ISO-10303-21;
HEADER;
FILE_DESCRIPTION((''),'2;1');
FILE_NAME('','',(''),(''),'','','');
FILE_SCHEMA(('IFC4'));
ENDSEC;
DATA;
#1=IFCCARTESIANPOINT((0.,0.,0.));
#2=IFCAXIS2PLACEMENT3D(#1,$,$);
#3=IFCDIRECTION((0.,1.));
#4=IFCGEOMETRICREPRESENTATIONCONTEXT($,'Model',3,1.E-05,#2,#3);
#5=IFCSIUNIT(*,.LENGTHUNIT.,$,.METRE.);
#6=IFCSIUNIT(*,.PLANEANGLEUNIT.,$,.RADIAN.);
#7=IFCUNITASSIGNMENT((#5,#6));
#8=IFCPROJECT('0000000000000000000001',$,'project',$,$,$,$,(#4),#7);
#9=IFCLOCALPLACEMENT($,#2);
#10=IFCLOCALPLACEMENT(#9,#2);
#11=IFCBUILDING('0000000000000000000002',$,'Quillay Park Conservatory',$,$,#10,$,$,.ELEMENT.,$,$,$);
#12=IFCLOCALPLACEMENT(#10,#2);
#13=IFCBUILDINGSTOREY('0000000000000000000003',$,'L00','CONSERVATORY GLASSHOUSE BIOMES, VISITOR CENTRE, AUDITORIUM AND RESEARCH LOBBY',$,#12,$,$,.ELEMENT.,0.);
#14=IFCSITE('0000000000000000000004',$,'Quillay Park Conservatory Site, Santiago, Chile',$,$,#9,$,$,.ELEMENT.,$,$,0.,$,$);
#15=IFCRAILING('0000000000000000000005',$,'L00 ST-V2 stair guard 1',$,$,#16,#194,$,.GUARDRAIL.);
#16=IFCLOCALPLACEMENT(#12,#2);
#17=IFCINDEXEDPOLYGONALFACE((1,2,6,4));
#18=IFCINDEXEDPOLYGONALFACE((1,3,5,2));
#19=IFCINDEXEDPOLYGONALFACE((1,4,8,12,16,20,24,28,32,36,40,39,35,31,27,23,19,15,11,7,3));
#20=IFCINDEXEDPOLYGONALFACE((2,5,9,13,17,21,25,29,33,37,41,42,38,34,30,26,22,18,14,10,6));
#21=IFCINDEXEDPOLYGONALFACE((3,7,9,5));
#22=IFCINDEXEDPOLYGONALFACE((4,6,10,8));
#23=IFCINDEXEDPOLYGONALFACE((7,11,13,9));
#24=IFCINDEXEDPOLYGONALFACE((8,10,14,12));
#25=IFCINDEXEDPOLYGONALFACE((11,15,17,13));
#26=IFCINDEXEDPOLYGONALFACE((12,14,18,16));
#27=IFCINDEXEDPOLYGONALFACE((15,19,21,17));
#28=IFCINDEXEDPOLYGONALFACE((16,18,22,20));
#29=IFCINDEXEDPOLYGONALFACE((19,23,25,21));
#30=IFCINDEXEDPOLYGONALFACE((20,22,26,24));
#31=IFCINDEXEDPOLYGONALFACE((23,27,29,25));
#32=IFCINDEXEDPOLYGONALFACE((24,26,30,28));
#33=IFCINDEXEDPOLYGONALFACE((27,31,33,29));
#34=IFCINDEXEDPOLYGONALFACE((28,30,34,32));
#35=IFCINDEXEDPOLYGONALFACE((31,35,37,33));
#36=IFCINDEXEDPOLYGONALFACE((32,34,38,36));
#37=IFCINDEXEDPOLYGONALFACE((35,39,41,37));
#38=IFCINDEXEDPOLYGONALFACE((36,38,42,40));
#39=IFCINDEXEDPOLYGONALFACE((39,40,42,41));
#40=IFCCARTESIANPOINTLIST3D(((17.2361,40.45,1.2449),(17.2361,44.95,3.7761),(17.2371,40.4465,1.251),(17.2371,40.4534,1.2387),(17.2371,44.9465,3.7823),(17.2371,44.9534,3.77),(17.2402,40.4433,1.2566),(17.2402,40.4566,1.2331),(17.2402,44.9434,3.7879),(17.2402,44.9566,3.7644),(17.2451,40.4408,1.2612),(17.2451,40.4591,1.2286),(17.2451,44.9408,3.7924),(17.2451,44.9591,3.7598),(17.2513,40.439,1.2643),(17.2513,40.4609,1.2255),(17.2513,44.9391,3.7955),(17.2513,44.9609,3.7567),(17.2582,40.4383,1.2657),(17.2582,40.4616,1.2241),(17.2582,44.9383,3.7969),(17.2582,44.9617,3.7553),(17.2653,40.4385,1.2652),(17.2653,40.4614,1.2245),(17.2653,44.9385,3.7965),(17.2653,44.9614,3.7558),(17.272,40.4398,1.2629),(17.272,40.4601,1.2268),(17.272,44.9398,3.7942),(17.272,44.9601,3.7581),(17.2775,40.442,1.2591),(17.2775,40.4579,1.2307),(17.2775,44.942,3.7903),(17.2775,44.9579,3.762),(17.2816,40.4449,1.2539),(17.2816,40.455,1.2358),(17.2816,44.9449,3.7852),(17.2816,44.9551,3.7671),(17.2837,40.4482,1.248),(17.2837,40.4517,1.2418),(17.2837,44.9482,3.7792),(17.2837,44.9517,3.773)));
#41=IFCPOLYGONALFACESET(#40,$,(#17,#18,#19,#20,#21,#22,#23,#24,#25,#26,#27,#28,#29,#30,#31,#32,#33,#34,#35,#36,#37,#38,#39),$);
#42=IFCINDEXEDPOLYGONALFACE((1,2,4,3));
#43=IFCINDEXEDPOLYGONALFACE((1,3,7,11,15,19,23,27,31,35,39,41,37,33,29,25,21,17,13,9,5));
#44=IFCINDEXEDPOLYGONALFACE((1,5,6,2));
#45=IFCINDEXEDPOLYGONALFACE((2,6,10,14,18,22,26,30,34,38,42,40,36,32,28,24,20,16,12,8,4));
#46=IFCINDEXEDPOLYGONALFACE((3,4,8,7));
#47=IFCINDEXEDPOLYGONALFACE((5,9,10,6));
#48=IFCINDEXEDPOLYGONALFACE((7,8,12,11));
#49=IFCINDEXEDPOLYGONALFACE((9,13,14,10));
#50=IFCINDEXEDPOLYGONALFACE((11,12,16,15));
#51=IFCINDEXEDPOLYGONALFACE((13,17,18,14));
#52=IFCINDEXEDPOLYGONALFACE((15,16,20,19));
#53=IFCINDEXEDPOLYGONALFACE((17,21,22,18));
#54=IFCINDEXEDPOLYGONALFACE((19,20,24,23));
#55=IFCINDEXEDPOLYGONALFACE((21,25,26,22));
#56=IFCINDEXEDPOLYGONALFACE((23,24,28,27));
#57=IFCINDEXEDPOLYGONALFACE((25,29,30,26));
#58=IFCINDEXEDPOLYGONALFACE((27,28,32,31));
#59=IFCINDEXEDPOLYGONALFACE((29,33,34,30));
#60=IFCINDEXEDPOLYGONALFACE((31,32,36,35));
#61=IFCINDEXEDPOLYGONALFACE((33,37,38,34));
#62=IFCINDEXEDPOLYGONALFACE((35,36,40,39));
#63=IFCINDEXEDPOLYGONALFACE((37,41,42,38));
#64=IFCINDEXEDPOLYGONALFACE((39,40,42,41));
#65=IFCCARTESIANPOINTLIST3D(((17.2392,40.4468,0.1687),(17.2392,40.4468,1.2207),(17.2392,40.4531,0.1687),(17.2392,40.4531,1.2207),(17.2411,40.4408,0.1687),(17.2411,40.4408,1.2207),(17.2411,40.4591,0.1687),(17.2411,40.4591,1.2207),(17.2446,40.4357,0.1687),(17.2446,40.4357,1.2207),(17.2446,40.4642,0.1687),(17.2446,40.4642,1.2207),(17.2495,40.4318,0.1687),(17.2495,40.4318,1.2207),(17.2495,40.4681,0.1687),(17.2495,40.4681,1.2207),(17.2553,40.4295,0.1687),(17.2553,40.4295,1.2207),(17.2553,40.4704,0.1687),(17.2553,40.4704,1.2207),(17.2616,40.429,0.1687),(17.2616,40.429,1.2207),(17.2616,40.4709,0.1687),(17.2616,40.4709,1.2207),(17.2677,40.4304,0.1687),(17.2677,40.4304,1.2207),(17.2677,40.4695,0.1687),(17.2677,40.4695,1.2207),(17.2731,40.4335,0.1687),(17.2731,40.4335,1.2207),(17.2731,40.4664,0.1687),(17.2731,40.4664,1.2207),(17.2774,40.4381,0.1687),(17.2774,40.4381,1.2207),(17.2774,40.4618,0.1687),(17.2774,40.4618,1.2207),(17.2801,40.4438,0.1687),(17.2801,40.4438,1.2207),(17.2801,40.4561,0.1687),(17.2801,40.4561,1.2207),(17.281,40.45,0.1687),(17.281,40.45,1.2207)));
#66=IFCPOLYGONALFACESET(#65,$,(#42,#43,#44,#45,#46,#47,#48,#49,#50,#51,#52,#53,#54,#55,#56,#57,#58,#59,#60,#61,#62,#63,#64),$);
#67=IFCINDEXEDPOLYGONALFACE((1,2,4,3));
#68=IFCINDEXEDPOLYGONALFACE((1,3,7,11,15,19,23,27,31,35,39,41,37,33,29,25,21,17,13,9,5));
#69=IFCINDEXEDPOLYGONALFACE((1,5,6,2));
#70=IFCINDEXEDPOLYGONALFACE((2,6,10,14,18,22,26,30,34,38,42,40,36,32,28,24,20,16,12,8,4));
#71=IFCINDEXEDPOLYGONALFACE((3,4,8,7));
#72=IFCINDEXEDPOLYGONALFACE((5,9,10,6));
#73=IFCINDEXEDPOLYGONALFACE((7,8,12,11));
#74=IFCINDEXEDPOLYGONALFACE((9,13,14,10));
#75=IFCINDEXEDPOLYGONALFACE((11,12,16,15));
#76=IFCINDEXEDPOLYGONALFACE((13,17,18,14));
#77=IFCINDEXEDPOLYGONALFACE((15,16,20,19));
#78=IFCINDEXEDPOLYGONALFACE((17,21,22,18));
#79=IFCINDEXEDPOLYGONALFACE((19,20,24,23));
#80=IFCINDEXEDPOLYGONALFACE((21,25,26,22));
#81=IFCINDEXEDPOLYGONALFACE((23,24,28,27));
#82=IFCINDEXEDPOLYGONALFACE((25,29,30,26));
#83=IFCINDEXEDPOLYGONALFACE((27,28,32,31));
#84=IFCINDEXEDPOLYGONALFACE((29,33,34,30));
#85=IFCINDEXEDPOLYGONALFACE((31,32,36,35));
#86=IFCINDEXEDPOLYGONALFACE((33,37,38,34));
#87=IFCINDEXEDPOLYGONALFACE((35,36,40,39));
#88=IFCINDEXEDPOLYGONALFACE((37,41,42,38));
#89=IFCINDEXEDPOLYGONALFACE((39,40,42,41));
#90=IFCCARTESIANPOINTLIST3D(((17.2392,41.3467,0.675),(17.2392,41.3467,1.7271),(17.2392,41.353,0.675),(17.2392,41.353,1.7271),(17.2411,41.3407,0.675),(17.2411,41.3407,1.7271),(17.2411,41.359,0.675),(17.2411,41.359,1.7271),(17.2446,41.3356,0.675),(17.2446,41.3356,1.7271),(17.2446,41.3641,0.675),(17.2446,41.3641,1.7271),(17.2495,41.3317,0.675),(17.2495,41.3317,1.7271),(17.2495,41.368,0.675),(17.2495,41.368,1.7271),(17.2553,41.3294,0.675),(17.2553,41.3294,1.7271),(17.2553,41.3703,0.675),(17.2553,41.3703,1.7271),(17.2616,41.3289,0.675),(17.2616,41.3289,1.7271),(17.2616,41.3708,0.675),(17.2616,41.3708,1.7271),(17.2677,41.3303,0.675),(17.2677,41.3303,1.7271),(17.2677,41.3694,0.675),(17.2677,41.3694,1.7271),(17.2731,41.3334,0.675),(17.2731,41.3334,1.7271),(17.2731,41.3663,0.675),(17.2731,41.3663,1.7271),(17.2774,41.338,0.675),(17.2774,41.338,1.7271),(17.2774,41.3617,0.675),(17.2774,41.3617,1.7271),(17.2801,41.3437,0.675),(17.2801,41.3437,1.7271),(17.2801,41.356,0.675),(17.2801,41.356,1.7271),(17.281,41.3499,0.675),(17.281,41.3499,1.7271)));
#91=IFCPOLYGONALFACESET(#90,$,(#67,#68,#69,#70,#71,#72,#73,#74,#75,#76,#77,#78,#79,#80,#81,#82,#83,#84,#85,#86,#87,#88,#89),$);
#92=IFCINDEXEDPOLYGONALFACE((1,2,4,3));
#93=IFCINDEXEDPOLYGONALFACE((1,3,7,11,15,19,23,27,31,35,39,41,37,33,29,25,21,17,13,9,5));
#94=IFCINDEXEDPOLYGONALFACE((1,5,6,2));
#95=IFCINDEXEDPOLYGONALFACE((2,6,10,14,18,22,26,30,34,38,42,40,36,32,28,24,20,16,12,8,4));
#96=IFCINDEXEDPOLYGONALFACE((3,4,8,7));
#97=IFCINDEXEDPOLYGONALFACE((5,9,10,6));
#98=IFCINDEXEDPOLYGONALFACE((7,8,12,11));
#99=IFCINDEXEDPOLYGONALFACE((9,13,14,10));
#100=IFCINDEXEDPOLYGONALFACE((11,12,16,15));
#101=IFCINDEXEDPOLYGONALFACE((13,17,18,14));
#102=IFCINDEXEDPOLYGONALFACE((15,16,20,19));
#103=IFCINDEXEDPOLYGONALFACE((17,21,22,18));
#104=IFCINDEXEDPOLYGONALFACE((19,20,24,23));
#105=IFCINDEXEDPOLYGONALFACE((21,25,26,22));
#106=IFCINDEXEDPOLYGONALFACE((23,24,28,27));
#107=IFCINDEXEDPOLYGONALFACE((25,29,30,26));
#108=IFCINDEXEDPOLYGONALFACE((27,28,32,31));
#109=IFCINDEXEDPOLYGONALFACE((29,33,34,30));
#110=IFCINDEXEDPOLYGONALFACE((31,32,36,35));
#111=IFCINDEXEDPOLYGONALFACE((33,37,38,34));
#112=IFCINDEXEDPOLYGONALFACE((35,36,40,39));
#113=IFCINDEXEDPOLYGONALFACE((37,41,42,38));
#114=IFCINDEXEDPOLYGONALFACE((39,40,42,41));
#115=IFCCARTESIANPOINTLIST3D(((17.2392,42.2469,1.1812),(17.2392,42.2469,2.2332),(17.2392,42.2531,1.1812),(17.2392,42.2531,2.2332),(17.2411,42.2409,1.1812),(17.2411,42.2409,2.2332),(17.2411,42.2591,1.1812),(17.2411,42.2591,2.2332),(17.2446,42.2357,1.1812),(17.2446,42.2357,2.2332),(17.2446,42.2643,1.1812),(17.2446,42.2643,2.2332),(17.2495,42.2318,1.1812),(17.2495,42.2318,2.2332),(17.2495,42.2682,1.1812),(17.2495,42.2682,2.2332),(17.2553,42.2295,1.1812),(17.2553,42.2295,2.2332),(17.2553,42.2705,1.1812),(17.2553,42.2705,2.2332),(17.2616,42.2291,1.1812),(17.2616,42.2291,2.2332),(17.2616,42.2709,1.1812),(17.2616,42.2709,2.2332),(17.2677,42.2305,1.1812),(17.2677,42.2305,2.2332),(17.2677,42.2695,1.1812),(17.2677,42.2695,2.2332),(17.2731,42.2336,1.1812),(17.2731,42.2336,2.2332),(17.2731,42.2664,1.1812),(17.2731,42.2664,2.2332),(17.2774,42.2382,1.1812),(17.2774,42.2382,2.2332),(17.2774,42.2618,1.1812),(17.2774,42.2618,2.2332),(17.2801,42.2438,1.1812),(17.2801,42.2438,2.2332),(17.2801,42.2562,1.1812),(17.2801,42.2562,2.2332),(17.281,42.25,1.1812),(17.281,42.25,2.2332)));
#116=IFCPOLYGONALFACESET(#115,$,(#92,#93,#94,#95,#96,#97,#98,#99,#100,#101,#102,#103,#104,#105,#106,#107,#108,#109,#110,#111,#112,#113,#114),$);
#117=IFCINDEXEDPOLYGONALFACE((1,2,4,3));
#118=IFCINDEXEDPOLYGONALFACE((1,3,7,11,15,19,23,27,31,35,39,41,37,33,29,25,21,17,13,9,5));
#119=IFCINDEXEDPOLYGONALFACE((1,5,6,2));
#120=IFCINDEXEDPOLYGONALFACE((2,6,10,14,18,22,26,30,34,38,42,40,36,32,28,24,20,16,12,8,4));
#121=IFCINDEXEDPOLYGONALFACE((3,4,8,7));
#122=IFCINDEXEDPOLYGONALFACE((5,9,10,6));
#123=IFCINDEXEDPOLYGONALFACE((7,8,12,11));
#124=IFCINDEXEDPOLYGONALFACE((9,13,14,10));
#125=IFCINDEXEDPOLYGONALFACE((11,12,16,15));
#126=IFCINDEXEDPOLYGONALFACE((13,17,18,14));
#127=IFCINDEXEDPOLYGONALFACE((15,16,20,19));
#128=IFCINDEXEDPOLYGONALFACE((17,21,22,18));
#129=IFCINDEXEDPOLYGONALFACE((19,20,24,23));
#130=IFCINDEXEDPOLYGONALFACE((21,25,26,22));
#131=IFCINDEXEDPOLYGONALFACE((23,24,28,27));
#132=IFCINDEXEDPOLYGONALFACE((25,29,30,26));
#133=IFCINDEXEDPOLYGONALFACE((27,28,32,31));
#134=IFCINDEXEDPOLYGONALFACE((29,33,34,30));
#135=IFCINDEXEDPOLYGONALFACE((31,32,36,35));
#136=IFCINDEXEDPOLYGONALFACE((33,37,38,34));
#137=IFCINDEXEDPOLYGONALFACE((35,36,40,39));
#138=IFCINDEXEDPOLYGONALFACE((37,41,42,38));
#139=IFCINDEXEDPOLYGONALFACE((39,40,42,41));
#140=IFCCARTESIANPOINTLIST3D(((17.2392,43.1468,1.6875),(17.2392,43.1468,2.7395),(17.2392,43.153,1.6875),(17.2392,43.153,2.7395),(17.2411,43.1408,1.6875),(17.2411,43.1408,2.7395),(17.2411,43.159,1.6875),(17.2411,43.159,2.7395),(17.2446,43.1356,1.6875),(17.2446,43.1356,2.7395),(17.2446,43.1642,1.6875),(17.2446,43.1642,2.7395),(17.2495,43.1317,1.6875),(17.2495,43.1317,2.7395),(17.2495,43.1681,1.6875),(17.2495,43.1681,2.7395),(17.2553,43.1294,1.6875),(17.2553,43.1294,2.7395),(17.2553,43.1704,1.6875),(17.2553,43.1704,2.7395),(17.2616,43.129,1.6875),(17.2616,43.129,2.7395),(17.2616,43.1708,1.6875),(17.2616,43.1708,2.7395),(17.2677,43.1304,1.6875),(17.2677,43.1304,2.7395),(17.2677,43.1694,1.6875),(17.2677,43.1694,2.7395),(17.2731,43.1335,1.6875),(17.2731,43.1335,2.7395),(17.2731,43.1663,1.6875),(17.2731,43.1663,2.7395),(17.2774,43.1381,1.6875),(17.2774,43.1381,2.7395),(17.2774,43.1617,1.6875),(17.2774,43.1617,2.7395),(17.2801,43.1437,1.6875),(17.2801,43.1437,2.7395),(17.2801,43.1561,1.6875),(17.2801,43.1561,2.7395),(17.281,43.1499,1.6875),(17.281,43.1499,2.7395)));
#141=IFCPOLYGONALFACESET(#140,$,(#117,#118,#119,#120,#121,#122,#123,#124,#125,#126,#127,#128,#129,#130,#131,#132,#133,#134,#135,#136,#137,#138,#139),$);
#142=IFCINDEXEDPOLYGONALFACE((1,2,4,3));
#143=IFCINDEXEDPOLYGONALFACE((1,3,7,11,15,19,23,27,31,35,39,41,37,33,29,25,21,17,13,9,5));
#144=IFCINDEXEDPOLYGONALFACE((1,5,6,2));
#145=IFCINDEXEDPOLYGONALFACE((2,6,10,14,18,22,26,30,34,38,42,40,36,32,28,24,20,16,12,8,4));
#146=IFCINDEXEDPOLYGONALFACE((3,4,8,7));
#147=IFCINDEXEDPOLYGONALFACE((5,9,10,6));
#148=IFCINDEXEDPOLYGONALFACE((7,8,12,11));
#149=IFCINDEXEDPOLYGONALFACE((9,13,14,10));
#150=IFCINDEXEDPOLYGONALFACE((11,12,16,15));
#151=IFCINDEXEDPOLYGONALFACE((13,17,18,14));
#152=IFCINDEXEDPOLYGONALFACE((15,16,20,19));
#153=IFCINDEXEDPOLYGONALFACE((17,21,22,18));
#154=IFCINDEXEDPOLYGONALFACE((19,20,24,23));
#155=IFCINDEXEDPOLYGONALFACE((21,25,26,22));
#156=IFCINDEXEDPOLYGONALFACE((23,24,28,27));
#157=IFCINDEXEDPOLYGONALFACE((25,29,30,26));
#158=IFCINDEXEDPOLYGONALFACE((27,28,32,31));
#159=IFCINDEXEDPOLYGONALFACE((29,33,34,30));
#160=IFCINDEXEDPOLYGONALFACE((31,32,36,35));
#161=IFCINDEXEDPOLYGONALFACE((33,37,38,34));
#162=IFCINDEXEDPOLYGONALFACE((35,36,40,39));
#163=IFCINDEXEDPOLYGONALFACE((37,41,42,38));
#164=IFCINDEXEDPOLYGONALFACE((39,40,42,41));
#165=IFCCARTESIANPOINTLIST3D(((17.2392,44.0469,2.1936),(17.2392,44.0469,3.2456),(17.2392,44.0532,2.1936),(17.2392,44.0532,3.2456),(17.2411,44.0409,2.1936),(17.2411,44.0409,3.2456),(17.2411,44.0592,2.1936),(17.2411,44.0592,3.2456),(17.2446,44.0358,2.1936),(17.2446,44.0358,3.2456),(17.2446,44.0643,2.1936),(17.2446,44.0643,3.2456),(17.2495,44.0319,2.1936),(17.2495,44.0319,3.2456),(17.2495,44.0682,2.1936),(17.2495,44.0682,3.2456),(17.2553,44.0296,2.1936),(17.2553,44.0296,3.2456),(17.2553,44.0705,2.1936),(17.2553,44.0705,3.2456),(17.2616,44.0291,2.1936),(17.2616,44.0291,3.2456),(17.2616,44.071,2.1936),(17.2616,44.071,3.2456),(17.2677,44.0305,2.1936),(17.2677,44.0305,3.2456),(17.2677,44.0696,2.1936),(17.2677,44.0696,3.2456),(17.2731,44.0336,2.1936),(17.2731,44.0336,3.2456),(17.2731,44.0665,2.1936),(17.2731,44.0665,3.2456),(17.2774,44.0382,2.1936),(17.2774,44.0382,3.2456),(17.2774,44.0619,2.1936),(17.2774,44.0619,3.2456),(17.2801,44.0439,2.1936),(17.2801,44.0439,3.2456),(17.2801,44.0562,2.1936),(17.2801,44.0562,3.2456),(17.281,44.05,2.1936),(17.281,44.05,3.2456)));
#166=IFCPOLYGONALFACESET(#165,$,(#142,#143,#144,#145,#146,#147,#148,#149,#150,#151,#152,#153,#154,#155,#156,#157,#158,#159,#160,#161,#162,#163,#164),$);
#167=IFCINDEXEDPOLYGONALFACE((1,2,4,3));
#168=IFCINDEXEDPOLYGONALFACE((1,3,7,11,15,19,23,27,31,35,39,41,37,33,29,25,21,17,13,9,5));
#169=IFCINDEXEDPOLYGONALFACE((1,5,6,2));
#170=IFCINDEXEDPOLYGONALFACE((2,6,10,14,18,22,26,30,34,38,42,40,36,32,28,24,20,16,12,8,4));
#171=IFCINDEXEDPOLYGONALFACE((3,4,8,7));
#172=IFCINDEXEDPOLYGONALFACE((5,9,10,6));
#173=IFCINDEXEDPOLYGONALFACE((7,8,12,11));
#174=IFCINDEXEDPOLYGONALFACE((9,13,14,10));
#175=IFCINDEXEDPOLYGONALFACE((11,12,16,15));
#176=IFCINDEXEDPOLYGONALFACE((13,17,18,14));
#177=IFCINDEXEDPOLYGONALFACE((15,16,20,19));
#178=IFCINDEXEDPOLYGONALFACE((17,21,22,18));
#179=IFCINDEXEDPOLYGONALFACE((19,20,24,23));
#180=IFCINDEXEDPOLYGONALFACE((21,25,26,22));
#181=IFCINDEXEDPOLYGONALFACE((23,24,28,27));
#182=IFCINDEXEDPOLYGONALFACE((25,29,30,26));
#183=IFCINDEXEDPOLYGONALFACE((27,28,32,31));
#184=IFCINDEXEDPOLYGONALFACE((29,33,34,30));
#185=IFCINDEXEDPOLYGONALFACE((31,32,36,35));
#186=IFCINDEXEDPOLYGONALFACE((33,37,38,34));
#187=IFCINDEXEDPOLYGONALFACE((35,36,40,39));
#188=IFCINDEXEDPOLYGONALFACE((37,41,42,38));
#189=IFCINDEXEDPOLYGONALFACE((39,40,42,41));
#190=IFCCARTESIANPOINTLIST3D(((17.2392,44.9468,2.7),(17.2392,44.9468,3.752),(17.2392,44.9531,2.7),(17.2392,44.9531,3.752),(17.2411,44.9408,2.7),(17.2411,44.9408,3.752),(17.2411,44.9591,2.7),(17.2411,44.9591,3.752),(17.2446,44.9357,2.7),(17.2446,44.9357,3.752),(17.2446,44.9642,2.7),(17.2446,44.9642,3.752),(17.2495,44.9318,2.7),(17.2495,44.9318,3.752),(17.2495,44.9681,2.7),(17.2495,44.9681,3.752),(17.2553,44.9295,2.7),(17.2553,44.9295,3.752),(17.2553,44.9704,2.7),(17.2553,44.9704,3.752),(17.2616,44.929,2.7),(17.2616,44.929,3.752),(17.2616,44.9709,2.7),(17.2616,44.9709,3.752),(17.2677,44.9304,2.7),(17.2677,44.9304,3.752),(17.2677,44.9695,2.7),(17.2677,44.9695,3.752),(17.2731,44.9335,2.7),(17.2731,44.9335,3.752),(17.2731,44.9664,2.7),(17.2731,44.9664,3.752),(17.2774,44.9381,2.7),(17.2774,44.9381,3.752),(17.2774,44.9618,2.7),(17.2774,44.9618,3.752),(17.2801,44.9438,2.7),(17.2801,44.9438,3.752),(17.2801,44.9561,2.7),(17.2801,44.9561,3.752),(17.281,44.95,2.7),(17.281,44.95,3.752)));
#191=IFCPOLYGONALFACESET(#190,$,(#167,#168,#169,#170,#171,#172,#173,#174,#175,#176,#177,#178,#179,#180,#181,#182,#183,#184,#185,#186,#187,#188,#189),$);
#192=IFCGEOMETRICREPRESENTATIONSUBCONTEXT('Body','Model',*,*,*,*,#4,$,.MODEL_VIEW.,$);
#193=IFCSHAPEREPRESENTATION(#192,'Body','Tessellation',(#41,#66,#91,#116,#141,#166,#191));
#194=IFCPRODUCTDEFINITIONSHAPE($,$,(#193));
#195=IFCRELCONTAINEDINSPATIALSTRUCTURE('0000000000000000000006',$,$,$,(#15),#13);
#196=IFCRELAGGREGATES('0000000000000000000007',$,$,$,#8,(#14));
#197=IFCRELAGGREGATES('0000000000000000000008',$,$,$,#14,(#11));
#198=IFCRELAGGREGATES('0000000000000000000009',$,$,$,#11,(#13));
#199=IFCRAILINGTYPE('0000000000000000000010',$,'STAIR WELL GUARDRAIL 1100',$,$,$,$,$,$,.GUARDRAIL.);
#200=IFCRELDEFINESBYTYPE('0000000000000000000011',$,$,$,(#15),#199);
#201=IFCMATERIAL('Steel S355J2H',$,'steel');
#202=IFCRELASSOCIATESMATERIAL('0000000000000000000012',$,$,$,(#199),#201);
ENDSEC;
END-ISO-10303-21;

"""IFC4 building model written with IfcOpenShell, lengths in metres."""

from ifc_helpers import new_model, si_unit, direction, frame, origin, origin_2d, place, context, subcontext, project, spatial, circle, extrude, material, type_object, element, save


model = new_model("IFC4")

# Units and contexts
model_context = context("Model", 3, precision=1e-05, world=origin(), true_north=direction((0.0, 1.0)))
body_context = subcontext(model_context, "Body", "Model", "MODEL_VIEW")
ifc_project = project(units=[si_unit("LENGTHUNIT", "METRE"), si_unit("PLANEANGLEUNIT", "RADIAN")], contexts=[model_context])

# Site, building, storey
site_placement = place(None, origin())
site = spatial("IfcSite", under=ifc_project, at=site_placement, Name="Quillay Park Conservatory Site, Santiago, Chile", CompositionType="ELEMENT", RefElevation=0.0)
building_placement = place(site_placement, origin())
building = spatial("IfcBuilding", under=site, at=building_placement, Name="Quillay Park Conservatory", CompositionType="ELEMENT")
storey_placement = place(building_placement, origin())
storey = spatial("IfcBuildingStorey", under=building, at=storey_placement, Name="L00", Description="CONSERVATORY GLASSHOUSE BIOMES, VISITOR CENTRE, AUDITORIUM AND RESEARCH LOBBY", CompositionType="ELEMENT", Elevation=0.0)

# Railing
ifc_material_1 = material(Name="Steel S355J2H", Category="steel")
railing_type_1 = type_object("IfcRailingType", Name="STAIR WELL GUARDRAIL 1100", PredefinedType="GUARDRAIL", material=ifc_material_1)
railing_1_placement = place(storey_placement, frame((17.26, 40.45, 0.1687)))
element("IfcRailing", 1, at=railing_1_placement, inside=storey, type_object=railing_type_1, Name="L00 ST-V2 stair guard 1", PredefinedType="GUARDRAIL", context=body_context, shape_type="SweptSolid", body=[
    extrude(circle(Radius=0.0239, at=origin_2d()), frame((0.0, 0.0, 1.0762), z_axis=(0.0, 0.871576, 0.490261), x_axis=(-1.0, 0.0, 0.0)), (0.0, 0.0, 1.0), 5.1631),
    extrude(circle(Radius=0.021, at=origin_2d()), origin(), (0.0, 0.0, 1.0), 1.052),
    extrude(circle(Radius=0.021, at=origin_2d()), frame((0.0, 0.8999, 0.5063)), (0.0, 0.0, 1.0), 1.052),
    extrude(circle(Radius=0.021, at=origin_2d()), frame((0.0, 1.8, 1.0125)), (0.0, 0.0, 1.0), 1.052),
    extrude(circle(Radius=0.021, at=origin_2d()), frame((0.0, 2.7, 1.5188)), (0.0, 0.0, 1.0), 1.052),
    extrude(circle(Radius=0.021, at=origin_2d()), frame((0.0, 3.6001, 2.0249)), (0.0, 0.0, 1.0), 1.052),
    extrude(circle(Radius=0.021, at=origin_2d()), frame((0.0, 4.5, 2.5312)), (0.0, 0.0, 1.0), 1.052),
])

save(model, "model.ifc")
